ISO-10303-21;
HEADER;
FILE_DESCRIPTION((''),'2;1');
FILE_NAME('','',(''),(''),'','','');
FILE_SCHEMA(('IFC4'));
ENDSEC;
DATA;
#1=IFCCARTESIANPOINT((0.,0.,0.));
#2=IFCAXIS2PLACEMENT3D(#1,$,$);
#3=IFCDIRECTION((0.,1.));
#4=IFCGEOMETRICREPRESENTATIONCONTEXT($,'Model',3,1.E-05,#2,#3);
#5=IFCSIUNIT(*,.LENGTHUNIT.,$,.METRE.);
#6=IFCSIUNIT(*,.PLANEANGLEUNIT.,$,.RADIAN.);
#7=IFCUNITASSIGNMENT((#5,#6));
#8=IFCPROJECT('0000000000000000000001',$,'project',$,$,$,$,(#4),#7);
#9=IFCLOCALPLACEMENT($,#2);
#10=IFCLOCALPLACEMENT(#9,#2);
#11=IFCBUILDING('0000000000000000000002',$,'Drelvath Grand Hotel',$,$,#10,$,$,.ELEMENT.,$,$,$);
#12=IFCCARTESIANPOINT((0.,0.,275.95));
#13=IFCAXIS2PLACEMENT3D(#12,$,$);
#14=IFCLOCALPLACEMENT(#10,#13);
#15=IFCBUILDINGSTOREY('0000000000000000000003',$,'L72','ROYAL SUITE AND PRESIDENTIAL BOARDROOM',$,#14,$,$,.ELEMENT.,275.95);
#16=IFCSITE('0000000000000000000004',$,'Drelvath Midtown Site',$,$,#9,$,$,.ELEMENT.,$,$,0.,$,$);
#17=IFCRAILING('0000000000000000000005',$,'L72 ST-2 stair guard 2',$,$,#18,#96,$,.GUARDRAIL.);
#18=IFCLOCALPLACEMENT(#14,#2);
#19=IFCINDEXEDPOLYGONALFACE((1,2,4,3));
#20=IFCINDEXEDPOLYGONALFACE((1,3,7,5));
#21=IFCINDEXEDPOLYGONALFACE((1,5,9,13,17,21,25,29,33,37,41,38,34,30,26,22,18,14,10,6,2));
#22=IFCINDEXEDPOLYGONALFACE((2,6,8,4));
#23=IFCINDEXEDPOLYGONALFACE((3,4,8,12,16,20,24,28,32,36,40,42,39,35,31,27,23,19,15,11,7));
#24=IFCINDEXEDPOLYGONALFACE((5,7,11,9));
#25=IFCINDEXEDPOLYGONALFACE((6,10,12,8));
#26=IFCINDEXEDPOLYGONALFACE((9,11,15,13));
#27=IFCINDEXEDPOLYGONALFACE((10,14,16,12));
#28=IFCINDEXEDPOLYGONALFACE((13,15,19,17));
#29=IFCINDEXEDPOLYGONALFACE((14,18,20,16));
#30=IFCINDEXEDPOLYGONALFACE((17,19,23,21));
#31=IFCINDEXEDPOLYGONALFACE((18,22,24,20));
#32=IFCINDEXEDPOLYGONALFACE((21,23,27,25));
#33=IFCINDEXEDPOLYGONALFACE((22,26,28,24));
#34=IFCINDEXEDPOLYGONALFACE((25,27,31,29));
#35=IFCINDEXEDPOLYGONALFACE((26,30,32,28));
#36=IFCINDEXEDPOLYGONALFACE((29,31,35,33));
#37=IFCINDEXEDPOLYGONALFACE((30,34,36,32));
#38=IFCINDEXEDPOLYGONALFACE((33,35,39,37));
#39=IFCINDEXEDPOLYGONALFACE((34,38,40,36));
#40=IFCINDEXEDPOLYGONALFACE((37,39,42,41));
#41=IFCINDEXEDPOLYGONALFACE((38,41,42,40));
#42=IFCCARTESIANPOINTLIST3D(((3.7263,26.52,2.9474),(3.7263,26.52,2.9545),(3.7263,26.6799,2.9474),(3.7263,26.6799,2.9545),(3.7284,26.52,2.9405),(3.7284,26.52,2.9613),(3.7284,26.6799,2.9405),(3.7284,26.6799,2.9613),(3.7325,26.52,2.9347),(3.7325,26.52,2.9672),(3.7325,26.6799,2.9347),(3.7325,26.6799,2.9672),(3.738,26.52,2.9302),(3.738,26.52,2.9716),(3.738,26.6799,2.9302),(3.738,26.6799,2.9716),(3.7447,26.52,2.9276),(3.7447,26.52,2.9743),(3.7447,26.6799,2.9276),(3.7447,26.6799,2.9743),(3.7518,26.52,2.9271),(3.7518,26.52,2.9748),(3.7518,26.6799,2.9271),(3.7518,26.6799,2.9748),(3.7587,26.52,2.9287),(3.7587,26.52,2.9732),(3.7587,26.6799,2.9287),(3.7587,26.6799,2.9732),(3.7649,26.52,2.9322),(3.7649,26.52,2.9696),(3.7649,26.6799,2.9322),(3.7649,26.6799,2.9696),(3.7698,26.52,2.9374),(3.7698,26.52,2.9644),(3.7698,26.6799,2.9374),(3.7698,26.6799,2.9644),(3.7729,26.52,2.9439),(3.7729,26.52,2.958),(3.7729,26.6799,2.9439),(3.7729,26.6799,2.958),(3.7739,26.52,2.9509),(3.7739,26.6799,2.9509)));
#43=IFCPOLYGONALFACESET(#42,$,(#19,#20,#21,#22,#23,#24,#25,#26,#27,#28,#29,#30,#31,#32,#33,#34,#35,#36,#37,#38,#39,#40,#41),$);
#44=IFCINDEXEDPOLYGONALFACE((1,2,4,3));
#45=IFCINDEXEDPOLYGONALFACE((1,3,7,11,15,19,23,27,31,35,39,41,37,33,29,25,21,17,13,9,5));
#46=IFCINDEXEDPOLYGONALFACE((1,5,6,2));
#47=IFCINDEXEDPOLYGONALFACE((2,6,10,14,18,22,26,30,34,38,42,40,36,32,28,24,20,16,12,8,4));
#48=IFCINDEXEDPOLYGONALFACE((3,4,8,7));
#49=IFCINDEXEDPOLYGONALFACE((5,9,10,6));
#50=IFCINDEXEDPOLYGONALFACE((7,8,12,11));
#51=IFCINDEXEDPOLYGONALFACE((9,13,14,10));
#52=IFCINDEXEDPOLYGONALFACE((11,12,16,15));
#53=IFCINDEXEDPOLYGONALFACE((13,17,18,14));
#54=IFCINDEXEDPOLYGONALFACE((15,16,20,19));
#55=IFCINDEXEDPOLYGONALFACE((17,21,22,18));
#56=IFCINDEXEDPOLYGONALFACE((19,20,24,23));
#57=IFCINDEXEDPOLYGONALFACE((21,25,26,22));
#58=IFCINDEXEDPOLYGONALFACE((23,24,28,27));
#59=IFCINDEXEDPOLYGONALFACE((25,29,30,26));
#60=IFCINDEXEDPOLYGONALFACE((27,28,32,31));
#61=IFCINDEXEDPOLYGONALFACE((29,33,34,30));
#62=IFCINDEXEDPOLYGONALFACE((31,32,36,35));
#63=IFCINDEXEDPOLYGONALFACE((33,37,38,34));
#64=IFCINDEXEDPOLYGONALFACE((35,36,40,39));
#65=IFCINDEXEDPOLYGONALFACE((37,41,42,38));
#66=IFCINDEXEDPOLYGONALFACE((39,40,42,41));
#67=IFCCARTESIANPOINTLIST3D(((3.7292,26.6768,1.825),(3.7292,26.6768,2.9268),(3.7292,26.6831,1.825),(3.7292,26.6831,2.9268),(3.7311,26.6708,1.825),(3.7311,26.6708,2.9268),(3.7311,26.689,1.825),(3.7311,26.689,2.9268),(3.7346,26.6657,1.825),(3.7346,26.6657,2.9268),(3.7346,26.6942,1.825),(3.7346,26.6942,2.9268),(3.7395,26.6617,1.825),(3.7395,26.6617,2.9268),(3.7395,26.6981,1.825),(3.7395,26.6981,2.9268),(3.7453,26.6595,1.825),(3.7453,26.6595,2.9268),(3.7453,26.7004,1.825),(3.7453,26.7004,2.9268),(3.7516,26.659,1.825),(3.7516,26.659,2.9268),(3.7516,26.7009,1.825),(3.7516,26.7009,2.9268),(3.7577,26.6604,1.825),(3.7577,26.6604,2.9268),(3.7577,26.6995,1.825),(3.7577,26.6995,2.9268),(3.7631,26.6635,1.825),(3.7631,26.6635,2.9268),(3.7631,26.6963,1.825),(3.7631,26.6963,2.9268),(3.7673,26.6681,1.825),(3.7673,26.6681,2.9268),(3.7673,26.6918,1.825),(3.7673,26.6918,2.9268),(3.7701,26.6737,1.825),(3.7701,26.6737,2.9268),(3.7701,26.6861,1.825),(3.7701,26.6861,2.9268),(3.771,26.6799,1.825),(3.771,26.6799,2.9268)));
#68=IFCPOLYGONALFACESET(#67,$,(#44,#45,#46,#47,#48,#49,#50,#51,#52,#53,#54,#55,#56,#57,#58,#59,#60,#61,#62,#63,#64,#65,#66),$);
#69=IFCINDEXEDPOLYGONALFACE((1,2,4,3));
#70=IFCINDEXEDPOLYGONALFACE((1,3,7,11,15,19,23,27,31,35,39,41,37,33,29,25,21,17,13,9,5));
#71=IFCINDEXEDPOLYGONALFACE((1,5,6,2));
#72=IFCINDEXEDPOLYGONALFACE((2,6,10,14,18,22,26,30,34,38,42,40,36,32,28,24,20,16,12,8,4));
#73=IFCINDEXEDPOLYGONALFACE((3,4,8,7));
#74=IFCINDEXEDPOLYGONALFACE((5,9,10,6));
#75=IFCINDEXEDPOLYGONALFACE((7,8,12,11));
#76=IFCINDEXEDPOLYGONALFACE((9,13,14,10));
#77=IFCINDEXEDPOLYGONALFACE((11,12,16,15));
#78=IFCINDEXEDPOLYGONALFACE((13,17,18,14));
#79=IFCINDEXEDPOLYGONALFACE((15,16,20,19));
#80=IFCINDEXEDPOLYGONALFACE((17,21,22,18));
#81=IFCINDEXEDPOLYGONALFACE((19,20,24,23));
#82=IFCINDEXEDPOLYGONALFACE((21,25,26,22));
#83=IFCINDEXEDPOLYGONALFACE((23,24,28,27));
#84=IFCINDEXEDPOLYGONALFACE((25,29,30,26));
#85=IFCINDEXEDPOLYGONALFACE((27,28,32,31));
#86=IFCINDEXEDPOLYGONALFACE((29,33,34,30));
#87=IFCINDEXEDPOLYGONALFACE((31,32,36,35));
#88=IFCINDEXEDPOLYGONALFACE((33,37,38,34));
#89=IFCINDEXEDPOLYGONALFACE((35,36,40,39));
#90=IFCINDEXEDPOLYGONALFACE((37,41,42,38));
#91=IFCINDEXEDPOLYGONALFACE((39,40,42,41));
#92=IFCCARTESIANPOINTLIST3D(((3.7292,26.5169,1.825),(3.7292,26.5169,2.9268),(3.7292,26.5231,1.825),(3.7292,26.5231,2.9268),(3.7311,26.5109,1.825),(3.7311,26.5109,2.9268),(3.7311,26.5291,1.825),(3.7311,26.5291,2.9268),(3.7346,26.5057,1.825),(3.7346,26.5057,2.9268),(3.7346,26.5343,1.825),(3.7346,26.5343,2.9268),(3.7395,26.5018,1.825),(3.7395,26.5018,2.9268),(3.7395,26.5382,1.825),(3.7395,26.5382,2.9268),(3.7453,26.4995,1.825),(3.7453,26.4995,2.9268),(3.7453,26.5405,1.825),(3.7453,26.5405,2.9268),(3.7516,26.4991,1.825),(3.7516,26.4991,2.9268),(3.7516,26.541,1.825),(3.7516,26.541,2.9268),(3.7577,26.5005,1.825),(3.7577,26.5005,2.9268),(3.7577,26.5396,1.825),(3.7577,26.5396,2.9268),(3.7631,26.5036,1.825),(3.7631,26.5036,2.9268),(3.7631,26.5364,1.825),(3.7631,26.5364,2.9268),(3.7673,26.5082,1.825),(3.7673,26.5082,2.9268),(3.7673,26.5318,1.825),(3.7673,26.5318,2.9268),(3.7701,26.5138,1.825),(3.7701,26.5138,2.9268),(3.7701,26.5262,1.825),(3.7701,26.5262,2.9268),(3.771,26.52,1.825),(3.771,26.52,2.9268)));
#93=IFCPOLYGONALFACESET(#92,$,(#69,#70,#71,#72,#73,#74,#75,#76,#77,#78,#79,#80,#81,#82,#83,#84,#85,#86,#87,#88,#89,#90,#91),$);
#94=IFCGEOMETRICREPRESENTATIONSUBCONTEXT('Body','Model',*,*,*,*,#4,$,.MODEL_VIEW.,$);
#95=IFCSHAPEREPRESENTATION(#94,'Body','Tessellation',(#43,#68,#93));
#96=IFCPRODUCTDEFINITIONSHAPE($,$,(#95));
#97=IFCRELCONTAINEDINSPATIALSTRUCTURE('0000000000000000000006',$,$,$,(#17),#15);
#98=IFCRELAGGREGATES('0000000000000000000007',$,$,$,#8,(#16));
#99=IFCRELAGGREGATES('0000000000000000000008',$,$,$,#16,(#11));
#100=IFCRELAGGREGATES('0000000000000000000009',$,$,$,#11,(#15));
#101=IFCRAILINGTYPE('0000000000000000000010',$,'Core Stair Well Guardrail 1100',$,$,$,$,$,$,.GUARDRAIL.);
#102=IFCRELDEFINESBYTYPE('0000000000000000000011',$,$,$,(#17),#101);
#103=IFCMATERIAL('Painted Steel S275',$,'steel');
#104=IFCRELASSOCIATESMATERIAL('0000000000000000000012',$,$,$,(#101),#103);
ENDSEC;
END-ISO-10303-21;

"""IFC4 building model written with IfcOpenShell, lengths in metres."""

from ifc_helpers import new_model, si_unit, direction, frame, origin, origin_2d, place, context, subcontext, project, spatial, circle, extrude, material, type_object, element, save


model = new_model("IFC4")

# Units and contexts
model_context = context("Model", 3, precision=1e-05, world=origin(), true_north=direction((0.0, 1.0)))
body_context = subcontext(model_context, "Body", "Model", "MODEL_VIEW")
ifc_project = project(units=[si_unit("LENGTHUNIT", "METRE"), si_unit("PLANEANGLEUNIT", "RADIAN")], contexts=[model_context])

# Site, building, storey
site_placement = place(None, origin())
site = spatial("IfcSite", under=ifc_project, at=site_placement, Name="Drelvath Midtown Site", CompositionType="ELEMENT", RefElevation=0.0)
building_placement = place(site_placement, origin())
building = spatial("IfcBuilding", under=site, at=building_placement, Name="Drelvath Grand Hotel", CompositionType="ELEMENT")
storey_placement = place(building_placement, frame((0.0, 0.0, 275.95)))
storey = spatial("IfcBuildingStorey", under=building, at=storey_placement, Name="L72", Description="ROYAL SUITE AND PRESIDENTIAL BOARDROOM", CompositionType="ELEMENT", Elevation=275.95)

# Railing
ifc_material_1 = material(Name="Painted Steel S275", Category="steel")
railing_type_1 = type_object("IfcRailingType", Name="Core Stair Well Guardrail 1100", PredefinedType="GUARDRAIL", material=ifc_material_1)
railing_1_placement = place(storey_placement, frame((3.75, 26.6799, 1.825)))
element("IfcRailing", 1, at=railing_1_placement, inside=storey, type_object=railing_type_1, Name="L72 ST-2 stair guard 2", PredefinedType="GUARDRAIL", context=body_context, shape_type="SweptSolid", body=[
    extrude(circle(Radius=0.0239, at=origin_2d()), frame((0.0, 0.0, 1.126), z_axis=(0.0, -1.0, 0.0), x_axis=(1.0, 0.0, 0.0)), (0.0, 0.0, 1.0), 0.1599),
    extrude(circle(Radius=0.021, at=origin_2d()), origin(), (0.0, 0.0, 1.0), 1.1018),
    extrude(circle(Radius=0.021, at=origin_2d()), frame((0.0, -0.1599, 0.0)), (0.0, 0.0, 1.0), 1.1018),
])

save(model, "model.ifc")
